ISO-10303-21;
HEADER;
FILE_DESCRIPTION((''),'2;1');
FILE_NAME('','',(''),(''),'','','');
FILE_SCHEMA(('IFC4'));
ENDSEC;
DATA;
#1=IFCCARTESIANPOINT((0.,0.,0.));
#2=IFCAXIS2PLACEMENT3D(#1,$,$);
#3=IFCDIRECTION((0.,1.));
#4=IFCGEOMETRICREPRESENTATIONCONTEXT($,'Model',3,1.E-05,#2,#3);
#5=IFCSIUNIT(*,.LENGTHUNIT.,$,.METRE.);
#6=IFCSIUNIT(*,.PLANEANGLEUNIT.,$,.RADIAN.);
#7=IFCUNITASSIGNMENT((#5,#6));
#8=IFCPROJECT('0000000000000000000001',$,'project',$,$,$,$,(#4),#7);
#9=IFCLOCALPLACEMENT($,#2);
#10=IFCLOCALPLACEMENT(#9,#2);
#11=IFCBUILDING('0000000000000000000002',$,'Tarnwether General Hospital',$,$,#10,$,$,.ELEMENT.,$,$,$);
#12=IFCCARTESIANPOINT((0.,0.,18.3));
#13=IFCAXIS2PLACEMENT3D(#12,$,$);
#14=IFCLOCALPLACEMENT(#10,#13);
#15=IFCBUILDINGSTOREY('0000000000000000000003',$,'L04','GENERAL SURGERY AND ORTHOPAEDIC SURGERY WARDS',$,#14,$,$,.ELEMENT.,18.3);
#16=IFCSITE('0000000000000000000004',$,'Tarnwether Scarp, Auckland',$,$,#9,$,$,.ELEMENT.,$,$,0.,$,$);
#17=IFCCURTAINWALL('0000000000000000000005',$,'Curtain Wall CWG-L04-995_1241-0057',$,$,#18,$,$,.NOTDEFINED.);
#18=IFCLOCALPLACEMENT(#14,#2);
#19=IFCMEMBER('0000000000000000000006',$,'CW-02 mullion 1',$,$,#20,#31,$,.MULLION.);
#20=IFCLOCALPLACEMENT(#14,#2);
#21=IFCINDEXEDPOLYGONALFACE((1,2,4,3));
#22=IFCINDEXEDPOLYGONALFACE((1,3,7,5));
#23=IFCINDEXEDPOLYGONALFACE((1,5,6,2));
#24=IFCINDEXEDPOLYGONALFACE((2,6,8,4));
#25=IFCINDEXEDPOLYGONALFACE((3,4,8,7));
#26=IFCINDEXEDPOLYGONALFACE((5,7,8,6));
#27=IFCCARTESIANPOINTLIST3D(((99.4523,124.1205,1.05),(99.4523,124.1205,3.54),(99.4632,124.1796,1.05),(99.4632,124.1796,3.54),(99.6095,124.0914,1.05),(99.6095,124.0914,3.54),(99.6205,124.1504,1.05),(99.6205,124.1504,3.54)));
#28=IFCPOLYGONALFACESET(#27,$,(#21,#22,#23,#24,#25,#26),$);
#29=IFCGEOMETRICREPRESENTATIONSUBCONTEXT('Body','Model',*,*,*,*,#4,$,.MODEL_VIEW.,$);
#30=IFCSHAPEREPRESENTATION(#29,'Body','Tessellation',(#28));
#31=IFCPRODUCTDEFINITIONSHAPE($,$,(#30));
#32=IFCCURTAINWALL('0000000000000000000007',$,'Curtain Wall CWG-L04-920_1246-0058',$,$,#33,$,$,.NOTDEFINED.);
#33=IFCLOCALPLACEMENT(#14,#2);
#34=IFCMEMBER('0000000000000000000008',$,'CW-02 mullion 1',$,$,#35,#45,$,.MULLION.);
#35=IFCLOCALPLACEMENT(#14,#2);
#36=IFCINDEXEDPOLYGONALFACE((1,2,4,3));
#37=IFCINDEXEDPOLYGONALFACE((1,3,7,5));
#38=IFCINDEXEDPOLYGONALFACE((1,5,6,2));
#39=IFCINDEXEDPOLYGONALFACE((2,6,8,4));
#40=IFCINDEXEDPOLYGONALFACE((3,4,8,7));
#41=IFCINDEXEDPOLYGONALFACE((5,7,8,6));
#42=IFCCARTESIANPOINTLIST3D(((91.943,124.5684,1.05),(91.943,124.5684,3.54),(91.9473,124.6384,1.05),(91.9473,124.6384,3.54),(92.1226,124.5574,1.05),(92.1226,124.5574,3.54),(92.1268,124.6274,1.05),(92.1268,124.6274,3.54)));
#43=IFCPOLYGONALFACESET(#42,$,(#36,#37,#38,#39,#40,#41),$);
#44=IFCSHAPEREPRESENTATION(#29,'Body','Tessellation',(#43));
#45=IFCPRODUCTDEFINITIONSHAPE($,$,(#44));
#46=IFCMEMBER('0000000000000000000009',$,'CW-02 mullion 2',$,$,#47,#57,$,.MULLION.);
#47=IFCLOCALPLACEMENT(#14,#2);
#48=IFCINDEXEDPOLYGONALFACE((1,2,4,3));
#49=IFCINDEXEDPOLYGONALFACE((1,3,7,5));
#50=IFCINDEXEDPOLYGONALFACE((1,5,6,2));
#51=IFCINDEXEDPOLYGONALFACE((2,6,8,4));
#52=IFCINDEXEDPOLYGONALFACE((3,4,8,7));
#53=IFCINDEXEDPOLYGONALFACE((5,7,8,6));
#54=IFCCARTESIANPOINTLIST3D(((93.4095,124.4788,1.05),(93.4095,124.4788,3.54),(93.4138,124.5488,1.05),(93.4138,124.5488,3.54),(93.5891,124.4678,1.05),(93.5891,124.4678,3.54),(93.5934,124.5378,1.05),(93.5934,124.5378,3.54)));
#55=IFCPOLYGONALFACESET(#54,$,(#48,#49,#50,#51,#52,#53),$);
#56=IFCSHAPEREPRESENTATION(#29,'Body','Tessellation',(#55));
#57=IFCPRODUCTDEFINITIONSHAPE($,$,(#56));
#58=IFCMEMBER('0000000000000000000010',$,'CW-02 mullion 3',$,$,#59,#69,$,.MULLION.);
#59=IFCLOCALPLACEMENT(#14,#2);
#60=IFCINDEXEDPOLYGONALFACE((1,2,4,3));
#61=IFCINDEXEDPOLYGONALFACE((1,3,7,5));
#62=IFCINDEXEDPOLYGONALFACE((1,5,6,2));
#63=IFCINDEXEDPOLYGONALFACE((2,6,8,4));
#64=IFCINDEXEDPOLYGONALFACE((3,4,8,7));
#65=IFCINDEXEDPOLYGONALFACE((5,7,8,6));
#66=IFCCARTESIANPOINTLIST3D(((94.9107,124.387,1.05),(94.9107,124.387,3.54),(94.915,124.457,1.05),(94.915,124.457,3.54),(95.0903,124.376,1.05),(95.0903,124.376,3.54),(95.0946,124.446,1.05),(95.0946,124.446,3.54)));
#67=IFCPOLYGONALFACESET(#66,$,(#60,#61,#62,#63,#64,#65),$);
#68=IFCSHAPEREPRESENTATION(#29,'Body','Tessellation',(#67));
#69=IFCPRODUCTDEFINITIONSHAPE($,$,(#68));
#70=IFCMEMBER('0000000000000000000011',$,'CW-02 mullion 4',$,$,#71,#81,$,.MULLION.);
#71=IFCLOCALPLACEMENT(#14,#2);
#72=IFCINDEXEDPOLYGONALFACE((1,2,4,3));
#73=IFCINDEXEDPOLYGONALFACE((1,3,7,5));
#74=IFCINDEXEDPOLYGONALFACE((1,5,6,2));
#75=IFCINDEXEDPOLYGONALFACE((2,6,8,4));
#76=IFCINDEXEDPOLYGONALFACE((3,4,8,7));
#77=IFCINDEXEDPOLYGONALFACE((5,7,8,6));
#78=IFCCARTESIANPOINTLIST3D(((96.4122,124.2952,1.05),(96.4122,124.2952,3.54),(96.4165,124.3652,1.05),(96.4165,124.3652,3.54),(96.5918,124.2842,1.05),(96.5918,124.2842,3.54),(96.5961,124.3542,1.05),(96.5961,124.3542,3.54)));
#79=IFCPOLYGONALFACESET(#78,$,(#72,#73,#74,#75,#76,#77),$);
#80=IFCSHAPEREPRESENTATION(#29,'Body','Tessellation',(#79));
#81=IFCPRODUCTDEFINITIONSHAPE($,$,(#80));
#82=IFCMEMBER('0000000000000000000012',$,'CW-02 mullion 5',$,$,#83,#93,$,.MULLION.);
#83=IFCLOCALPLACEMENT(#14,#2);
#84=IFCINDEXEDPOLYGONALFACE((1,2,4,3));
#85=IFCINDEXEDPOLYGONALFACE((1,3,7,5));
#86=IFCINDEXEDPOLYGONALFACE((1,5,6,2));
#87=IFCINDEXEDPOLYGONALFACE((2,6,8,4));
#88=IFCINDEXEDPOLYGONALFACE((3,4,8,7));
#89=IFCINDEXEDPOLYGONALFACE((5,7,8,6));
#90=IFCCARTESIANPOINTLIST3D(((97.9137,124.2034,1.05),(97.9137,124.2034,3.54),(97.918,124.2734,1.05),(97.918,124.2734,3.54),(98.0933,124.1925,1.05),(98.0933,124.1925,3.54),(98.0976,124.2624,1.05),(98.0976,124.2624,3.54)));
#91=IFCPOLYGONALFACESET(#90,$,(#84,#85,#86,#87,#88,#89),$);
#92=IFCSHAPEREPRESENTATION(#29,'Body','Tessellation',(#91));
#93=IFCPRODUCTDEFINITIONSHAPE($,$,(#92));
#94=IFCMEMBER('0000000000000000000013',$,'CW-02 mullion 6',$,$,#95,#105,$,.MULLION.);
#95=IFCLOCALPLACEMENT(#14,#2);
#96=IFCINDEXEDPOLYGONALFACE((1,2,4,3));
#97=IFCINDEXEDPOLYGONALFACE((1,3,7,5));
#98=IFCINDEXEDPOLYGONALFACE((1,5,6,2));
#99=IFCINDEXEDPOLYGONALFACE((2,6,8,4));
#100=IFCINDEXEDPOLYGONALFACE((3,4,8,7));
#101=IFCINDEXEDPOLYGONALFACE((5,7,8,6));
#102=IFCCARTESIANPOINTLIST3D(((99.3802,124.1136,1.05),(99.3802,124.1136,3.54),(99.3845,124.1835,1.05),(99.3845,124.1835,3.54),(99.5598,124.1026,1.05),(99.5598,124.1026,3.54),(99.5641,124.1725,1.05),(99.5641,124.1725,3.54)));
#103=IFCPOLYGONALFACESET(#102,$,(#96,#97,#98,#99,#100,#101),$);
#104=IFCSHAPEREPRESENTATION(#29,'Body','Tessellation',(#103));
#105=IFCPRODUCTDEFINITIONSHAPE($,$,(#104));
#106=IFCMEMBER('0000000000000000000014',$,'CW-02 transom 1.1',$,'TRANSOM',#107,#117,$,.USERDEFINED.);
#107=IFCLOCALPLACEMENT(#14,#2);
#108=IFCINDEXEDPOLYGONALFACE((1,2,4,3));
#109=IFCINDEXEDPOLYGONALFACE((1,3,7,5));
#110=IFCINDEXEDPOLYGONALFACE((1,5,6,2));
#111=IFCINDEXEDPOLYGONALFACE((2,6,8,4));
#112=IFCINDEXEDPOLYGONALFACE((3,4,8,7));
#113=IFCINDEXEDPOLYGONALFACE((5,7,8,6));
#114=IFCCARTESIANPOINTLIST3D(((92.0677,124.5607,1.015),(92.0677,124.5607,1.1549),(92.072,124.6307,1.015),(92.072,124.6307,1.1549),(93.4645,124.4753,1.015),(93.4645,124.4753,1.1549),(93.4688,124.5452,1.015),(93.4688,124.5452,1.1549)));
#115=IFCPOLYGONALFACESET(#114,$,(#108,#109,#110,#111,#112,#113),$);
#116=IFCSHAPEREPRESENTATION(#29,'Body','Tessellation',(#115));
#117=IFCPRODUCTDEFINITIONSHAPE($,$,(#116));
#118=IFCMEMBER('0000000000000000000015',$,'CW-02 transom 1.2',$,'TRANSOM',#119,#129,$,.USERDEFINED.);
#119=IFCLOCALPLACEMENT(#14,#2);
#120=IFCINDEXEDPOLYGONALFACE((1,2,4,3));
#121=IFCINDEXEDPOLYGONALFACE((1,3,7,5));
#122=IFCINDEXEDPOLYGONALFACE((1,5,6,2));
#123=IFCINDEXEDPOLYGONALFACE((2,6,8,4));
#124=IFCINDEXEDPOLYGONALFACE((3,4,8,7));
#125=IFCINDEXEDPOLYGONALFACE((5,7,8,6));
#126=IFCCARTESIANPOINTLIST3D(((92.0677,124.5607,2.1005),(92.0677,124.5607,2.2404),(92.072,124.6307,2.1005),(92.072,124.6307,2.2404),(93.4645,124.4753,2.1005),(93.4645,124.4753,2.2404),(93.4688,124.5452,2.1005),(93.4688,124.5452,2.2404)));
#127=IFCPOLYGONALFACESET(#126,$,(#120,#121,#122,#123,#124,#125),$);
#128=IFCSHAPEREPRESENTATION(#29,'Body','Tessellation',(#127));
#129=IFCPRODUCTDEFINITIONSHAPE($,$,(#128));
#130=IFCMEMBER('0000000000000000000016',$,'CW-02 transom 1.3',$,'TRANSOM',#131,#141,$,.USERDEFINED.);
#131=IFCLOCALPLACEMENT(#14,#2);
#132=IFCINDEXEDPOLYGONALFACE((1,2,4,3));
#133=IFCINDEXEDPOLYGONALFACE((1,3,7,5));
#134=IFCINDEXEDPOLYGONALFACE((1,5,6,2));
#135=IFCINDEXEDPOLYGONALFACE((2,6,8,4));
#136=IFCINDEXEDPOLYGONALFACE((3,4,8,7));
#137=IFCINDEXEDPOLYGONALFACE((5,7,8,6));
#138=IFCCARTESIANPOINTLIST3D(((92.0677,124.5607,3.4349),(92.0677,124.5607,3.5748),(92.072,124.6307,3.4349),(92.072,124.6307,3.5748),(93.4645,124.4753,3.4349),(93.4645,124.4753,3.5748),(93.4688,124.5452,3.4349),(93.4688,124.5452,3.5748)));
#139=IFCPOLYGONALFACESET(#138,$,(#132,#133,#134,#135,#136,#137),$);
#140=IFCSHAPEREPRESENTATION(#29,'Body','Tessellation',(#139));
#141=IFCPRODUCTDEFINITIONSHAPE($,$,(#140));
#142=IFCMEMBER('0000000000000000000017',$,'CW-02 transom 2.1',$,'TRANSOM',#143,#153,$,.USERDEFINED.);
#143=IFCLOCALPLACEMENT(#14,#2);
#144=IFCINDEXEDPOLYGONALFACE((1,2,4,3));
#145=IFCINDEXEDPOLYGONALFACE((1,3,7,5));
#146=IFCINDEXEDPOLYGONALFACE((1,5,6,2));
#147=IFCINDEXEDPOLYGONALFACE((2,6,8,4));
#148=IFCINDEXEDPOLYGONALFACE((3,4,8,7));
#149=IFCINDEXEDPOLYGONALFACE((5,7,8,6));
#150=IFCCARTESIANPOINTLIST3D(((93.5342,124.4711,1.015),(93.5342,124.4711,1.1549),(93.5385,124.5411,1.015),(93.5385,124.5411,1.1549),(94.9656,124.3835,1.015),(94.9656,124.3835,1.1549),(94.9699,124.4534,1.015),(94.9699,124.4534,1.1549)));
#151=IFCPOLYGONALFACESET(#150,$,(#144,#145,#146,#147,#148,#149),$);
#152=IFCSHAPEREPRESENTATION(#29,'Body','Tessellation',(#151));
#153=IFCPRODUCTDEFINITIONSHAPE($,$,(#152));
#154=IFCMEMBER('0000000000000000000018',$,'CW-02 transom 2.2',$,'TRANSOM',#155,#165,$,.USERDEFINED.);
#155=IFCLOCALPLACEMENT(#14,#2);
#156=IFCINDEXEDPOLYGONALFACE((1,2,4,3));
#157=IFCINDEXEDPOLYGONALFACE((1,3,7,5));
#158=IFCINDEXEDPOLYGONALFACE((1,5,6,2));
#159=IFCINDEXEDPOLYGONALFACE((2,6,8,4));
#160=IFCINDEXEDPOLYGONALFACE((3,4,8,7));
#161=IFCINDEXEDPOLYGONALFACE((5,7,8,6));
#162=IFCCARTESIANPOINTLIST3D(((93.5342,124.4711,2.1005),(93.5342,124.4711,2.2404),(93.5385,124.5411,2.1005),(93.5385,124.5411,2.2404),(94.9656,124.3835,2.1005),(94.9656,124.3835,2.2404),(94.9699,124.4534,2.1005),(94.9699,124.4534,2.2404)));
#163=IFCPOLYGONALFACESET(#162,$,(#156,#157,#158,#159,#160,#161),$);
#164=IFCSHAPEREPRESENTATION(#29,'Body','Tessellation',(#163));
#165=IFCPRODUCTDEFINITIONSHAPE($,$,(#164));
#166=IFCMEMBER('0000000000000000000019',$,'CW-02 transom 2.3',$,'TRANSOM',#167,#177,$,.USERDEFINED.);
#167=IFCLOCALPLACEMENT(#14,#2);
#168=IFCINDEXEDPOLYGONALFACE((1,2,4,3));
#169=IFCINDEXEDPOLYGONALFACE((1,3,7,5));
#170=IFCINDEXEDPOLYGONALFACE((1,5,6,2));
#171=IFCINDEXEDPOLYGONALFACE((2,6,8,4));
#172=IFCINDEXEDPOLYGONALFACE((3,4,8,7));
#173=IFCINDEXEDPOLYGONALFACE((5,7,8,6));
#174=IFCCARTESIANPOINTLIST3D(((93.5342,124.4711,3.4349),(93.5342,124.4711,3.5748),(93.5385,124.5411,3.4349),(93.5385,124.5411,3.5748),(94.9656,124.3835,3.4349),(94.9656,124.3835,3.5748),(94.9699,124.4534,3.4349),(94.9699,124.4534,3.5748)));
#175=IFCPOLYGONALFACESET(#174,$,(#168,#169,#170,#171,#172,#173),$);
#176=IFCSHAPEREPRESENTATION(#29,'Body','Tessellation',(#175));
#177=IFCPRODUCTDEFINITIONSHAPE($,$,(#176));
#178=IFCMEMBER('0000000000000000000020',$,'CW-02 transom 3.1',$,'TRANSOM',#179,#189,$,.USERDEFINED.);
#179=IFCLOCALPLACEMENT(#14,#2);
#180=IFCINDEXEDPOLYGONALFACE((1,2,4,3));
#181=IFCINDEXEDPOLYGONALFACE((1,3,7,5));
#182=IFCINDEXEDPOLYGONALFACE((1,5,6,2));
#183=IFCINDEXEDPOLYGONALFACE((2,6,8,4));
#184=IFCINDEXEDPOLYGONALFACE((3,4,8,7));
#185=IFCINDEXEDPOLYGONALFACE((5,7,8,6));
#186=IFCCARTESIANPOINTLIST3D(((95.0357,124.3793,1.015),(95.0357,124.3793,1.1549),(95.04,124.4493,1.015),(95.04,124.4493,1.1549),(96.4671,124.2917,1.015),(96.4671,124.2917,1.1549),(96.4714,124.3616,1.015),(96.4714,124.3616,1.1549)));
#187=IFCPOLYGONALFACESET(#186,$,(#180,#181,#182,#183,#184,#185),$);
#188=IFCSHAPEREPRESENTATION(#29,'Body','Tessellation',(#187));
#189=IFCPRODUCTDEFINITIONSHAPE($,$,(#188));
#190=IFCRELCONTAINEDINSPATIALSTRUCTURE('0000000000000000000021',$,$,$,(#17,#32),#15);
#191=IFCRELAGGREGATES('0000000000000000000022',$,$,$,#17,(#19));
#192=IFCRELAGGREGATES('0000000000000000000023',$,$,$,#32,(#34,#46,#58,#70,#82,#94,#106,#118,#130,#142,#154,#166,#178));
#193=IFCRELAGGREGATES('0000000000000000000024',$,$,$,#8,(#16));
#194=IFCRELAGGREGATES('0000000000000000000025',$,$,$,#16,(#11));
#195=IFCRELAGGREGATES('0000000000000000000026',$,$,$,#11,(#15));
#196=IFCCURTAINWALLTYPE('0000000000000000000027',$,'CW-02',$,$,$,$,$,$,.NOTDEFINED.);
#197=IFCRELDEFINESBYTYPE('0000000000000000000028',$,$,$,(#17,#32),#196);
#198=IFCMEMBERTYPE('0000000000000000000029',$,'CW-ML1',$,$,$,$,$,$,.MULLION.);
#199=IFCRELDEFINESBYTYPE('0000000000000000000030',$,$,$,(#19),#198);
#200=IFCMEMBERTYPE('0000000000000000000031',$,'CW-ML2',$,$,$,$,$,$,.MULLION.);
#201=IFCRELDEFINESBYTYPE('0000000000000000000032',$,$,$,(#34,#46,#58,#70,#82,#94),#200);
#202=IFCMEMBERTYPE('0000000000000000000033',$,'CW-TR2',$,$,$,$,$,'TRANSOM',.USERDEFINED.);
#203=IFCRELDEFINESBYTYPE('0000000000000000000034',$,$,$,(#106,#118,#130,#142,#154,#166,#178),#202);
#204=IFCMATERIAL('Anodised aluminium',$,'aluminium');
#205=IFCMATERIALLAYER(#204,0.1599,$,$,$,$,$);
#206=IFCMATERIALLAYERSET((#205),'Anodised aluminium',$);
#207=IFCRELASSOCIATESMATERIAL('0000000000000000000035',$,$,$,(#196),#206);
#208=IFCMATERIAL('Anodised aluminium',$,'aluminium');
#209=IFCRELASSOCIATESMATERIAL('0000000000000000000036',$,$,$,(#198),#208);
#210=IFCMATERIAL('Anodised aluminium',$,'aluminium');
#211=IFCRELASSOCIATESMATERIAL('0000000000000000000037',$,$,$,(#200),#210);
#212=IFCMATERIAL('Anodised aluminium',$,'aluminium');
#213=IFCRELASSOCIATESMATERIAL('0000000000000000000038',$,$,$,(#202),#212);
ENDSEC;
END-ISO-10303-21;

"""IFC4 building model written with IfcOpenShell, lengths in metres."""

from ifc_helpers import new_model, si_unit, direction, frame, origin, origin_2d, place, context, subcontext, project, spatial, rectangle, extrude, material, layer, layer_set, material_profile, profile_set, type_object, element, aggregate, save


model = new_model("IFC4")

# Units and contexts
model_context = context("Model", 3, precision=1e-05, world=origin(), true_north=direction((0.0, 1.0)))
body_context = subcontext(model_context, "Body", "Model", "MODEL_VIEW")
ifc_project = project(units=[si_unit("LENGTHUNIT", "METRE"), si_unit("PLANEANGLEUNIT", "RADIAN")], contexts=[model_context])

# Site, building, storey
site_placement = place(None, origin())
site = spatial("IfcSite", under=ifc_project, at=site_placement, Name="Tarnwether Scarp, Auckland", CompositionType="ELEMENT", RefElevation=0.0)
building_placement = place(site_placement, origin())
building = spatial("IfcBuilding", under=site, at=building_placement, Name="Tarnwether General Hospital", CompositionType="ELEMENT")
storey_placement = place(building_placement, frame((0.0, 0.0, 18.3)))
storey = spatial("IfcBuildingStorey", under=building, at=storey_placement, Name="L04", Description="GENERAL SURGERY AND ORTHOPAEDIC SURGERY WARDS", CompositionType="ELEMENT", Elevation=18.3)

# Curtain wall, member
ifc_material_1 = material(Name="Anodised aluminium", Category="aluminium")
ifc_layer_1 = layer(ifc_material_1, 0.1599)
ifc_layer_set_1 = layer_set([ifc_layer_1], Name="Anodised aluminium")
curtain_wall_type = type_object("IfcCurtainWallType", Name="CW-02", PredefinedType="NOTDEFINED", material=ifc_layer_set_1)
curtain_wall_1_placement = place(storey_placement, origin())
curtain_wall_1 = element("IfcCurtainWall", 1, at=curtain_wall_1_placement, inside=storey, type_object=curtain_wall_type, Name="Curtain Wall CWG-L04-995_1241-0057", PredefinedType="NOTDEFINED")
ifc_material_2 = material(Name="Anodised aluminium", Category="aluminium")
ifc_material_profile_1 = material_profile(ifc_material_2, rectangle(XDim=0.0601, YDim=0.1599, at=origin_2d()), Name="ALU-MUL-60x160")
ifc_profile_set_1 = profile_set([ifc_material_profile_1], Name="Anodised aluminium")
member_type_1 = type_object("IfcMemberType", Name="CW-ML1", PredefinedType="MULLION", material=ifc_profile_set_1)
member_1_placement = place(storey_placement, frame((99.5364, 124.1355, 1.05), z_axis=(0.0, 0.0, 1.0), x_axis=(0.182289, 0.983245, 0.0)))
member_1 = element("IfcMember", 2, at=member_1_placement, type_object=member_type_1, Name="CW-02 mullion 1", PredefinedType="MULLION", context=body_context, shape_type="SweptSolid", body=[
    extrude(rectangle(XDim=0.0601, YDim=0.1599, at=origin_2d()), origin(), (0.0, 0.0, 1.0), 2.49),
])
aggregate(curtain_wall_1, [member_1])

# Curtain wall, members
curtain_wall_2_placement = place(storey_placement, origin())
curtain_wall_2 = element("IfcCurtainWall", 3, at=curtain_wall_2_placement, inside=storey, type_object=curtain_wall_type, Name="Curtain Wall CWG-L04-920_1246-0058", PredefinedType="NOTDEFINED")
ifc_material_3 = material(Name="Anodised aluminium", Category="aluminium")
ifc_material_profile_2 = material_profile(ifc_material_3, rectangle(XDim=0.0701, YDim=0.1799, at=origin_2d()), Name="ALU-MUL-70x180")
ifc_profile_set_2 = profile_set([ifc_material_profile_2], Name="Anodised aluminium")
member_type_2 = type_object("IfcMemberType", Name="CW-ML2", PredefinedType="MULLION", material=ifc_profile_set_2)
member_2_placement = place(storey_placement, frame((92.0349, 124.5979, 1.05), z_axis=(0.0, 0.0, 1.0), x_axis=(0.061029, 0.998136, 0.0)))
member_2 = element("IfcMember", 4, at=member_2_placement, type_object=member_type_2, Name="CW-02 mullion 1", PredefinedType="MULLION", context=body_context, shape_type="SweptSolid", body=[
    extrude(rectangle(XDim=0.0701, YDim=0.1799, at=origin_2d()), origin(), (0.0, 0.0, 1.0), 2.49),
])
member_3_placement = place(storey_placement, frame((93.5015, 124.5083, 1.05), z_axis=(0.0, 0.0, 1.0), x_axis=(0.061029, 0.998136, 0.0)))
member_3 = element("IfcMember", 5, at=member_3_placement, type_object=member_type_2, Name="CW-02 mullion 2", PredefinedType="MULLION", context=body_context, shape_type="SweptSolid", body=[
    extrude(rectangle(XDim=0.0701, YDim=0.1799, at=origin_2d()), origin(), (0.0, 0.0, 1.0), 2.49),
])
member_4_placement = place(storey_placement, frame((95.0027, 124.4165, 1.05), z_axis=(0.0, 0.0, 1.0), x_axis=(0.061029, 0.998136, 0.0)))
member_4 = element("IfcMember", 6, at=member_4_placement, type_object=member_type_2, Name="CW-02 mullion 3", PredefinedType="MULLION", context=body_context, shape_type="SweptSolid", body=[
    extrude(rectangle(XDim=0.0701, YDim=0.1799, at=origin_2d()), origin(), (0.0, 0.0, 1.0), 2.49),
])
member_5_placement = place(storey_placement, frame((96.5042, 124.3247, 1.05), z_axis=(0.0, 0.0, 1.0), x_axis=(0.061029, 0.998136, 0.0)))
member_5 = element("IfcMember", 7, at=member_5_placement, type_object=member_type_2, Name="CW-02 mullion 4", PredefinedType="MULLION", context=body_context, shape_type="SweptSolid", body=[
    extrude(rectangle(XDim=0.0701, YDim=0.1799, at=origin_2d()), origin(), (0.0, 0.0, 1.0), 2.49),
])
member_6_placement = place(storey_placement, frame((98.0056, 124.2329, 1.05), z_axis=(0.0, 0.0, 1.0), x_axis=(0.061029, 0.998136, 0.0)))
member_6 = element("IfcMember", 8, at=member_6_placement, type_object=member_type_2, Name="CW-02 mullion 5", PredefinedType="MULLION", context=body_context, shape_type="SweptSolid", body=[
    extrude(rectangle(XDim=0.0701, YDim=0.1799, at=origin_2d()), origin(), (0.0, 0.0, 1.0), 2.49),
])
member_7_placement = place(storey_placement, frame((99.4722, 124.1431, 1.05), z_axis=(0.0, 0.0, 1.0), x_axis=(0.061029, 0.998136, 0.0)))
member_7 = element("IfcMember", 9, at=member_7_placement, type_object=member_type_2, Name="CW-02 mullion 6", PredefinedType="MULLION", context=body_context, shape_type="SweptSolid", body=[
    extrude(rectangle(XDim=0.0701, YDim=0.1799, at=origin_2d()), origin(), (0.0, 0.0, 1.0), 2.49),
])
ifc_material_4 = material(Name="Anodised aluminium", Category="aluminium")
ifc_material_profile_3 = material_profile(ifc_material_4, rectangle(XDim=0.0701, YDim=0.1399, at=origin_2d()), Name="ALU-TRN-70x140")
ifc_profile_set_3 = profile_set([ifc_material_profile_3], Name="Anodised aluminium")
member_type_3 = type_object("IfcMemberType", Name="CW-TR2", ElementType="TRANSOM", PredefinedType="USERDEFINED", material=ifc_profile_set_3)
member_8_placement = place(storey_placement, frame((92.0698, 124.5957, 1.085), z_axis=(0.998134, -0.061064, 0.0), x_axis=(0.061064, 0.998134, 0.0)))
member_8 = element("IfcMember", 10, at=member_8_placement, type_object=member_type_3, Name="CW-02 transom 1.1", ObjectType="TRANSOM", PredefinedType="USERDEFINED", context=body_context, shape_type="SweptSolid", body=[
    extrude(rectangle(XDim=0.0701, YDim=0.1399, at=origin_2d()), origin(), (0.0, 0.0, 1.0), 1.3994),
])
member_9_placement = place(storey_placement, frame((92.0698, 124.5957, 2.1704), z_axis=(0.998134, -0.061064, 0.0), x_axis=(0.061064, 0.998134, 0.0)))
member_9 = element("IfcMember", 11, at=member_9_placement, type_object=member_type_3, Name="CW-02 transom 1.2", ObjectType="TRANSOM", PredefinedType="USERDEFINED", context=body_context, shape_type="SweptSolid", body=[
    extrude(rectangle(XDim=0.0701, YDim=0.1399, at=origin_2d()), origin(), (0.0, 0.0, 1.0), 1.3994),
])
member_10_placement = place(storey_placement, frame((92.0698, 124.5957, 3.5049), z_axis=(0.998134, -0.061064, 0.0), x_axis=(0.061064, 0.998134, 0.0)))
member_10 = element("IfcMember", 12, at=member_10_placement, type_object=member_type_3, Name="CW-02 transom 1.3", ObjectType="TRANSOM", PredefinedType="USERDEFINED", context=body_context, shape_type="SweptSolid", body=[
    extrude(rectangle(XDim=0.0701, YDim=0.1399, at=origin_2d()), origin(), (0.0, 0.0, 1.0), 1.3994),
])
member_11_placement = place(storey_placement, frame((93.5364, 124.5061, 1.085), z_axis=(0.998131, -0.061117, 0.0), x_axis=(0.061117, 0.998131, 0.0)))
member_11 = element("IfcMember", 13, at=member_11_placement, type_object=member_type_3, Name="CW-02 transom 2.1", ObjectType="TRANSOM", PredefinedType="USERDEFINED", context=body_context, shape_type="SweptSolid", body=[
    extrude(rectangle(XDim=0.0701, YDim=0.1399, at=origin_2d()), origin(), (0.0, 0.0, 1.0), 1.4341),
])
member_12_placement = place(storey_placement, frame((93.5364, 124.5061, 2.1704), z_axis=(0.998131, -0.061117, 0.0), x_axis=(0.061117, 0.998131, 0.0)))
member_12 = element("IfcMember", 14, at=member_12_placement, type_object=member_type_3, Name="CW-02 transom 2.2", ObjectType="TRANSOM", PredefinedType="USERDEFINED", context=body_context, shape_type="SweptSolid", body=[
    extrude(rectangle(XDim=0.0701, YDim=0.1399, at=origin_2d()), origin(), (0.0, 0.0, 1.0), 1.4341),
])
member_13_placement = place(storey_placement, frame((93.5364, 124.5061, 3.5049), z_axis=(0.998131, -0.061117, 0.0), x_axis=(0.061117, 0.998131, 0.0)))
member_13 = element("IfcMember", 15, at=member_13_placement, type_object=member_type_3, Name="CW-02 transom 2.3", ObjectType="TRANSOM", PredefinedType="USERDEFINED", context=body_context, shape_type="SweptSolid", body=[
    extrude(rectangle(XDim=0.0701, YDim=0.1399, at=origin_2d()), origin(), (0.0, 0.0, 1.0), 1.4341),
])
member_14_placement = place(storey_placement, frame((95.0378, 124.4143, 1.085), z_axis=(0.998131, -0.061117, 0.0), x_axis=(0.061117, 0.998131, 0.0)))
member_14 = element("IfcMember", 16, at=member_14_placement, type_object=member_type_3, Name="CW-02 transom 3.1", ObjectType="TRANSOM", PredefinedType="USERDEFINED", context=body_context, shape_type="SweptSolid", body=[
    extrude(rectangle(XDim=0.0701, YDim=0.1399, at=origin_2d()), origin(), (0.0, 0.0, 1.0), 1.4341),
])
aggregate(curtain_wall_2, [member_2, member_3, member_4, member_5, member_6, member_7, member_8, member_9, member_10, member_11, member_12, member_13, member_14])

save(model, "model.ifc")
